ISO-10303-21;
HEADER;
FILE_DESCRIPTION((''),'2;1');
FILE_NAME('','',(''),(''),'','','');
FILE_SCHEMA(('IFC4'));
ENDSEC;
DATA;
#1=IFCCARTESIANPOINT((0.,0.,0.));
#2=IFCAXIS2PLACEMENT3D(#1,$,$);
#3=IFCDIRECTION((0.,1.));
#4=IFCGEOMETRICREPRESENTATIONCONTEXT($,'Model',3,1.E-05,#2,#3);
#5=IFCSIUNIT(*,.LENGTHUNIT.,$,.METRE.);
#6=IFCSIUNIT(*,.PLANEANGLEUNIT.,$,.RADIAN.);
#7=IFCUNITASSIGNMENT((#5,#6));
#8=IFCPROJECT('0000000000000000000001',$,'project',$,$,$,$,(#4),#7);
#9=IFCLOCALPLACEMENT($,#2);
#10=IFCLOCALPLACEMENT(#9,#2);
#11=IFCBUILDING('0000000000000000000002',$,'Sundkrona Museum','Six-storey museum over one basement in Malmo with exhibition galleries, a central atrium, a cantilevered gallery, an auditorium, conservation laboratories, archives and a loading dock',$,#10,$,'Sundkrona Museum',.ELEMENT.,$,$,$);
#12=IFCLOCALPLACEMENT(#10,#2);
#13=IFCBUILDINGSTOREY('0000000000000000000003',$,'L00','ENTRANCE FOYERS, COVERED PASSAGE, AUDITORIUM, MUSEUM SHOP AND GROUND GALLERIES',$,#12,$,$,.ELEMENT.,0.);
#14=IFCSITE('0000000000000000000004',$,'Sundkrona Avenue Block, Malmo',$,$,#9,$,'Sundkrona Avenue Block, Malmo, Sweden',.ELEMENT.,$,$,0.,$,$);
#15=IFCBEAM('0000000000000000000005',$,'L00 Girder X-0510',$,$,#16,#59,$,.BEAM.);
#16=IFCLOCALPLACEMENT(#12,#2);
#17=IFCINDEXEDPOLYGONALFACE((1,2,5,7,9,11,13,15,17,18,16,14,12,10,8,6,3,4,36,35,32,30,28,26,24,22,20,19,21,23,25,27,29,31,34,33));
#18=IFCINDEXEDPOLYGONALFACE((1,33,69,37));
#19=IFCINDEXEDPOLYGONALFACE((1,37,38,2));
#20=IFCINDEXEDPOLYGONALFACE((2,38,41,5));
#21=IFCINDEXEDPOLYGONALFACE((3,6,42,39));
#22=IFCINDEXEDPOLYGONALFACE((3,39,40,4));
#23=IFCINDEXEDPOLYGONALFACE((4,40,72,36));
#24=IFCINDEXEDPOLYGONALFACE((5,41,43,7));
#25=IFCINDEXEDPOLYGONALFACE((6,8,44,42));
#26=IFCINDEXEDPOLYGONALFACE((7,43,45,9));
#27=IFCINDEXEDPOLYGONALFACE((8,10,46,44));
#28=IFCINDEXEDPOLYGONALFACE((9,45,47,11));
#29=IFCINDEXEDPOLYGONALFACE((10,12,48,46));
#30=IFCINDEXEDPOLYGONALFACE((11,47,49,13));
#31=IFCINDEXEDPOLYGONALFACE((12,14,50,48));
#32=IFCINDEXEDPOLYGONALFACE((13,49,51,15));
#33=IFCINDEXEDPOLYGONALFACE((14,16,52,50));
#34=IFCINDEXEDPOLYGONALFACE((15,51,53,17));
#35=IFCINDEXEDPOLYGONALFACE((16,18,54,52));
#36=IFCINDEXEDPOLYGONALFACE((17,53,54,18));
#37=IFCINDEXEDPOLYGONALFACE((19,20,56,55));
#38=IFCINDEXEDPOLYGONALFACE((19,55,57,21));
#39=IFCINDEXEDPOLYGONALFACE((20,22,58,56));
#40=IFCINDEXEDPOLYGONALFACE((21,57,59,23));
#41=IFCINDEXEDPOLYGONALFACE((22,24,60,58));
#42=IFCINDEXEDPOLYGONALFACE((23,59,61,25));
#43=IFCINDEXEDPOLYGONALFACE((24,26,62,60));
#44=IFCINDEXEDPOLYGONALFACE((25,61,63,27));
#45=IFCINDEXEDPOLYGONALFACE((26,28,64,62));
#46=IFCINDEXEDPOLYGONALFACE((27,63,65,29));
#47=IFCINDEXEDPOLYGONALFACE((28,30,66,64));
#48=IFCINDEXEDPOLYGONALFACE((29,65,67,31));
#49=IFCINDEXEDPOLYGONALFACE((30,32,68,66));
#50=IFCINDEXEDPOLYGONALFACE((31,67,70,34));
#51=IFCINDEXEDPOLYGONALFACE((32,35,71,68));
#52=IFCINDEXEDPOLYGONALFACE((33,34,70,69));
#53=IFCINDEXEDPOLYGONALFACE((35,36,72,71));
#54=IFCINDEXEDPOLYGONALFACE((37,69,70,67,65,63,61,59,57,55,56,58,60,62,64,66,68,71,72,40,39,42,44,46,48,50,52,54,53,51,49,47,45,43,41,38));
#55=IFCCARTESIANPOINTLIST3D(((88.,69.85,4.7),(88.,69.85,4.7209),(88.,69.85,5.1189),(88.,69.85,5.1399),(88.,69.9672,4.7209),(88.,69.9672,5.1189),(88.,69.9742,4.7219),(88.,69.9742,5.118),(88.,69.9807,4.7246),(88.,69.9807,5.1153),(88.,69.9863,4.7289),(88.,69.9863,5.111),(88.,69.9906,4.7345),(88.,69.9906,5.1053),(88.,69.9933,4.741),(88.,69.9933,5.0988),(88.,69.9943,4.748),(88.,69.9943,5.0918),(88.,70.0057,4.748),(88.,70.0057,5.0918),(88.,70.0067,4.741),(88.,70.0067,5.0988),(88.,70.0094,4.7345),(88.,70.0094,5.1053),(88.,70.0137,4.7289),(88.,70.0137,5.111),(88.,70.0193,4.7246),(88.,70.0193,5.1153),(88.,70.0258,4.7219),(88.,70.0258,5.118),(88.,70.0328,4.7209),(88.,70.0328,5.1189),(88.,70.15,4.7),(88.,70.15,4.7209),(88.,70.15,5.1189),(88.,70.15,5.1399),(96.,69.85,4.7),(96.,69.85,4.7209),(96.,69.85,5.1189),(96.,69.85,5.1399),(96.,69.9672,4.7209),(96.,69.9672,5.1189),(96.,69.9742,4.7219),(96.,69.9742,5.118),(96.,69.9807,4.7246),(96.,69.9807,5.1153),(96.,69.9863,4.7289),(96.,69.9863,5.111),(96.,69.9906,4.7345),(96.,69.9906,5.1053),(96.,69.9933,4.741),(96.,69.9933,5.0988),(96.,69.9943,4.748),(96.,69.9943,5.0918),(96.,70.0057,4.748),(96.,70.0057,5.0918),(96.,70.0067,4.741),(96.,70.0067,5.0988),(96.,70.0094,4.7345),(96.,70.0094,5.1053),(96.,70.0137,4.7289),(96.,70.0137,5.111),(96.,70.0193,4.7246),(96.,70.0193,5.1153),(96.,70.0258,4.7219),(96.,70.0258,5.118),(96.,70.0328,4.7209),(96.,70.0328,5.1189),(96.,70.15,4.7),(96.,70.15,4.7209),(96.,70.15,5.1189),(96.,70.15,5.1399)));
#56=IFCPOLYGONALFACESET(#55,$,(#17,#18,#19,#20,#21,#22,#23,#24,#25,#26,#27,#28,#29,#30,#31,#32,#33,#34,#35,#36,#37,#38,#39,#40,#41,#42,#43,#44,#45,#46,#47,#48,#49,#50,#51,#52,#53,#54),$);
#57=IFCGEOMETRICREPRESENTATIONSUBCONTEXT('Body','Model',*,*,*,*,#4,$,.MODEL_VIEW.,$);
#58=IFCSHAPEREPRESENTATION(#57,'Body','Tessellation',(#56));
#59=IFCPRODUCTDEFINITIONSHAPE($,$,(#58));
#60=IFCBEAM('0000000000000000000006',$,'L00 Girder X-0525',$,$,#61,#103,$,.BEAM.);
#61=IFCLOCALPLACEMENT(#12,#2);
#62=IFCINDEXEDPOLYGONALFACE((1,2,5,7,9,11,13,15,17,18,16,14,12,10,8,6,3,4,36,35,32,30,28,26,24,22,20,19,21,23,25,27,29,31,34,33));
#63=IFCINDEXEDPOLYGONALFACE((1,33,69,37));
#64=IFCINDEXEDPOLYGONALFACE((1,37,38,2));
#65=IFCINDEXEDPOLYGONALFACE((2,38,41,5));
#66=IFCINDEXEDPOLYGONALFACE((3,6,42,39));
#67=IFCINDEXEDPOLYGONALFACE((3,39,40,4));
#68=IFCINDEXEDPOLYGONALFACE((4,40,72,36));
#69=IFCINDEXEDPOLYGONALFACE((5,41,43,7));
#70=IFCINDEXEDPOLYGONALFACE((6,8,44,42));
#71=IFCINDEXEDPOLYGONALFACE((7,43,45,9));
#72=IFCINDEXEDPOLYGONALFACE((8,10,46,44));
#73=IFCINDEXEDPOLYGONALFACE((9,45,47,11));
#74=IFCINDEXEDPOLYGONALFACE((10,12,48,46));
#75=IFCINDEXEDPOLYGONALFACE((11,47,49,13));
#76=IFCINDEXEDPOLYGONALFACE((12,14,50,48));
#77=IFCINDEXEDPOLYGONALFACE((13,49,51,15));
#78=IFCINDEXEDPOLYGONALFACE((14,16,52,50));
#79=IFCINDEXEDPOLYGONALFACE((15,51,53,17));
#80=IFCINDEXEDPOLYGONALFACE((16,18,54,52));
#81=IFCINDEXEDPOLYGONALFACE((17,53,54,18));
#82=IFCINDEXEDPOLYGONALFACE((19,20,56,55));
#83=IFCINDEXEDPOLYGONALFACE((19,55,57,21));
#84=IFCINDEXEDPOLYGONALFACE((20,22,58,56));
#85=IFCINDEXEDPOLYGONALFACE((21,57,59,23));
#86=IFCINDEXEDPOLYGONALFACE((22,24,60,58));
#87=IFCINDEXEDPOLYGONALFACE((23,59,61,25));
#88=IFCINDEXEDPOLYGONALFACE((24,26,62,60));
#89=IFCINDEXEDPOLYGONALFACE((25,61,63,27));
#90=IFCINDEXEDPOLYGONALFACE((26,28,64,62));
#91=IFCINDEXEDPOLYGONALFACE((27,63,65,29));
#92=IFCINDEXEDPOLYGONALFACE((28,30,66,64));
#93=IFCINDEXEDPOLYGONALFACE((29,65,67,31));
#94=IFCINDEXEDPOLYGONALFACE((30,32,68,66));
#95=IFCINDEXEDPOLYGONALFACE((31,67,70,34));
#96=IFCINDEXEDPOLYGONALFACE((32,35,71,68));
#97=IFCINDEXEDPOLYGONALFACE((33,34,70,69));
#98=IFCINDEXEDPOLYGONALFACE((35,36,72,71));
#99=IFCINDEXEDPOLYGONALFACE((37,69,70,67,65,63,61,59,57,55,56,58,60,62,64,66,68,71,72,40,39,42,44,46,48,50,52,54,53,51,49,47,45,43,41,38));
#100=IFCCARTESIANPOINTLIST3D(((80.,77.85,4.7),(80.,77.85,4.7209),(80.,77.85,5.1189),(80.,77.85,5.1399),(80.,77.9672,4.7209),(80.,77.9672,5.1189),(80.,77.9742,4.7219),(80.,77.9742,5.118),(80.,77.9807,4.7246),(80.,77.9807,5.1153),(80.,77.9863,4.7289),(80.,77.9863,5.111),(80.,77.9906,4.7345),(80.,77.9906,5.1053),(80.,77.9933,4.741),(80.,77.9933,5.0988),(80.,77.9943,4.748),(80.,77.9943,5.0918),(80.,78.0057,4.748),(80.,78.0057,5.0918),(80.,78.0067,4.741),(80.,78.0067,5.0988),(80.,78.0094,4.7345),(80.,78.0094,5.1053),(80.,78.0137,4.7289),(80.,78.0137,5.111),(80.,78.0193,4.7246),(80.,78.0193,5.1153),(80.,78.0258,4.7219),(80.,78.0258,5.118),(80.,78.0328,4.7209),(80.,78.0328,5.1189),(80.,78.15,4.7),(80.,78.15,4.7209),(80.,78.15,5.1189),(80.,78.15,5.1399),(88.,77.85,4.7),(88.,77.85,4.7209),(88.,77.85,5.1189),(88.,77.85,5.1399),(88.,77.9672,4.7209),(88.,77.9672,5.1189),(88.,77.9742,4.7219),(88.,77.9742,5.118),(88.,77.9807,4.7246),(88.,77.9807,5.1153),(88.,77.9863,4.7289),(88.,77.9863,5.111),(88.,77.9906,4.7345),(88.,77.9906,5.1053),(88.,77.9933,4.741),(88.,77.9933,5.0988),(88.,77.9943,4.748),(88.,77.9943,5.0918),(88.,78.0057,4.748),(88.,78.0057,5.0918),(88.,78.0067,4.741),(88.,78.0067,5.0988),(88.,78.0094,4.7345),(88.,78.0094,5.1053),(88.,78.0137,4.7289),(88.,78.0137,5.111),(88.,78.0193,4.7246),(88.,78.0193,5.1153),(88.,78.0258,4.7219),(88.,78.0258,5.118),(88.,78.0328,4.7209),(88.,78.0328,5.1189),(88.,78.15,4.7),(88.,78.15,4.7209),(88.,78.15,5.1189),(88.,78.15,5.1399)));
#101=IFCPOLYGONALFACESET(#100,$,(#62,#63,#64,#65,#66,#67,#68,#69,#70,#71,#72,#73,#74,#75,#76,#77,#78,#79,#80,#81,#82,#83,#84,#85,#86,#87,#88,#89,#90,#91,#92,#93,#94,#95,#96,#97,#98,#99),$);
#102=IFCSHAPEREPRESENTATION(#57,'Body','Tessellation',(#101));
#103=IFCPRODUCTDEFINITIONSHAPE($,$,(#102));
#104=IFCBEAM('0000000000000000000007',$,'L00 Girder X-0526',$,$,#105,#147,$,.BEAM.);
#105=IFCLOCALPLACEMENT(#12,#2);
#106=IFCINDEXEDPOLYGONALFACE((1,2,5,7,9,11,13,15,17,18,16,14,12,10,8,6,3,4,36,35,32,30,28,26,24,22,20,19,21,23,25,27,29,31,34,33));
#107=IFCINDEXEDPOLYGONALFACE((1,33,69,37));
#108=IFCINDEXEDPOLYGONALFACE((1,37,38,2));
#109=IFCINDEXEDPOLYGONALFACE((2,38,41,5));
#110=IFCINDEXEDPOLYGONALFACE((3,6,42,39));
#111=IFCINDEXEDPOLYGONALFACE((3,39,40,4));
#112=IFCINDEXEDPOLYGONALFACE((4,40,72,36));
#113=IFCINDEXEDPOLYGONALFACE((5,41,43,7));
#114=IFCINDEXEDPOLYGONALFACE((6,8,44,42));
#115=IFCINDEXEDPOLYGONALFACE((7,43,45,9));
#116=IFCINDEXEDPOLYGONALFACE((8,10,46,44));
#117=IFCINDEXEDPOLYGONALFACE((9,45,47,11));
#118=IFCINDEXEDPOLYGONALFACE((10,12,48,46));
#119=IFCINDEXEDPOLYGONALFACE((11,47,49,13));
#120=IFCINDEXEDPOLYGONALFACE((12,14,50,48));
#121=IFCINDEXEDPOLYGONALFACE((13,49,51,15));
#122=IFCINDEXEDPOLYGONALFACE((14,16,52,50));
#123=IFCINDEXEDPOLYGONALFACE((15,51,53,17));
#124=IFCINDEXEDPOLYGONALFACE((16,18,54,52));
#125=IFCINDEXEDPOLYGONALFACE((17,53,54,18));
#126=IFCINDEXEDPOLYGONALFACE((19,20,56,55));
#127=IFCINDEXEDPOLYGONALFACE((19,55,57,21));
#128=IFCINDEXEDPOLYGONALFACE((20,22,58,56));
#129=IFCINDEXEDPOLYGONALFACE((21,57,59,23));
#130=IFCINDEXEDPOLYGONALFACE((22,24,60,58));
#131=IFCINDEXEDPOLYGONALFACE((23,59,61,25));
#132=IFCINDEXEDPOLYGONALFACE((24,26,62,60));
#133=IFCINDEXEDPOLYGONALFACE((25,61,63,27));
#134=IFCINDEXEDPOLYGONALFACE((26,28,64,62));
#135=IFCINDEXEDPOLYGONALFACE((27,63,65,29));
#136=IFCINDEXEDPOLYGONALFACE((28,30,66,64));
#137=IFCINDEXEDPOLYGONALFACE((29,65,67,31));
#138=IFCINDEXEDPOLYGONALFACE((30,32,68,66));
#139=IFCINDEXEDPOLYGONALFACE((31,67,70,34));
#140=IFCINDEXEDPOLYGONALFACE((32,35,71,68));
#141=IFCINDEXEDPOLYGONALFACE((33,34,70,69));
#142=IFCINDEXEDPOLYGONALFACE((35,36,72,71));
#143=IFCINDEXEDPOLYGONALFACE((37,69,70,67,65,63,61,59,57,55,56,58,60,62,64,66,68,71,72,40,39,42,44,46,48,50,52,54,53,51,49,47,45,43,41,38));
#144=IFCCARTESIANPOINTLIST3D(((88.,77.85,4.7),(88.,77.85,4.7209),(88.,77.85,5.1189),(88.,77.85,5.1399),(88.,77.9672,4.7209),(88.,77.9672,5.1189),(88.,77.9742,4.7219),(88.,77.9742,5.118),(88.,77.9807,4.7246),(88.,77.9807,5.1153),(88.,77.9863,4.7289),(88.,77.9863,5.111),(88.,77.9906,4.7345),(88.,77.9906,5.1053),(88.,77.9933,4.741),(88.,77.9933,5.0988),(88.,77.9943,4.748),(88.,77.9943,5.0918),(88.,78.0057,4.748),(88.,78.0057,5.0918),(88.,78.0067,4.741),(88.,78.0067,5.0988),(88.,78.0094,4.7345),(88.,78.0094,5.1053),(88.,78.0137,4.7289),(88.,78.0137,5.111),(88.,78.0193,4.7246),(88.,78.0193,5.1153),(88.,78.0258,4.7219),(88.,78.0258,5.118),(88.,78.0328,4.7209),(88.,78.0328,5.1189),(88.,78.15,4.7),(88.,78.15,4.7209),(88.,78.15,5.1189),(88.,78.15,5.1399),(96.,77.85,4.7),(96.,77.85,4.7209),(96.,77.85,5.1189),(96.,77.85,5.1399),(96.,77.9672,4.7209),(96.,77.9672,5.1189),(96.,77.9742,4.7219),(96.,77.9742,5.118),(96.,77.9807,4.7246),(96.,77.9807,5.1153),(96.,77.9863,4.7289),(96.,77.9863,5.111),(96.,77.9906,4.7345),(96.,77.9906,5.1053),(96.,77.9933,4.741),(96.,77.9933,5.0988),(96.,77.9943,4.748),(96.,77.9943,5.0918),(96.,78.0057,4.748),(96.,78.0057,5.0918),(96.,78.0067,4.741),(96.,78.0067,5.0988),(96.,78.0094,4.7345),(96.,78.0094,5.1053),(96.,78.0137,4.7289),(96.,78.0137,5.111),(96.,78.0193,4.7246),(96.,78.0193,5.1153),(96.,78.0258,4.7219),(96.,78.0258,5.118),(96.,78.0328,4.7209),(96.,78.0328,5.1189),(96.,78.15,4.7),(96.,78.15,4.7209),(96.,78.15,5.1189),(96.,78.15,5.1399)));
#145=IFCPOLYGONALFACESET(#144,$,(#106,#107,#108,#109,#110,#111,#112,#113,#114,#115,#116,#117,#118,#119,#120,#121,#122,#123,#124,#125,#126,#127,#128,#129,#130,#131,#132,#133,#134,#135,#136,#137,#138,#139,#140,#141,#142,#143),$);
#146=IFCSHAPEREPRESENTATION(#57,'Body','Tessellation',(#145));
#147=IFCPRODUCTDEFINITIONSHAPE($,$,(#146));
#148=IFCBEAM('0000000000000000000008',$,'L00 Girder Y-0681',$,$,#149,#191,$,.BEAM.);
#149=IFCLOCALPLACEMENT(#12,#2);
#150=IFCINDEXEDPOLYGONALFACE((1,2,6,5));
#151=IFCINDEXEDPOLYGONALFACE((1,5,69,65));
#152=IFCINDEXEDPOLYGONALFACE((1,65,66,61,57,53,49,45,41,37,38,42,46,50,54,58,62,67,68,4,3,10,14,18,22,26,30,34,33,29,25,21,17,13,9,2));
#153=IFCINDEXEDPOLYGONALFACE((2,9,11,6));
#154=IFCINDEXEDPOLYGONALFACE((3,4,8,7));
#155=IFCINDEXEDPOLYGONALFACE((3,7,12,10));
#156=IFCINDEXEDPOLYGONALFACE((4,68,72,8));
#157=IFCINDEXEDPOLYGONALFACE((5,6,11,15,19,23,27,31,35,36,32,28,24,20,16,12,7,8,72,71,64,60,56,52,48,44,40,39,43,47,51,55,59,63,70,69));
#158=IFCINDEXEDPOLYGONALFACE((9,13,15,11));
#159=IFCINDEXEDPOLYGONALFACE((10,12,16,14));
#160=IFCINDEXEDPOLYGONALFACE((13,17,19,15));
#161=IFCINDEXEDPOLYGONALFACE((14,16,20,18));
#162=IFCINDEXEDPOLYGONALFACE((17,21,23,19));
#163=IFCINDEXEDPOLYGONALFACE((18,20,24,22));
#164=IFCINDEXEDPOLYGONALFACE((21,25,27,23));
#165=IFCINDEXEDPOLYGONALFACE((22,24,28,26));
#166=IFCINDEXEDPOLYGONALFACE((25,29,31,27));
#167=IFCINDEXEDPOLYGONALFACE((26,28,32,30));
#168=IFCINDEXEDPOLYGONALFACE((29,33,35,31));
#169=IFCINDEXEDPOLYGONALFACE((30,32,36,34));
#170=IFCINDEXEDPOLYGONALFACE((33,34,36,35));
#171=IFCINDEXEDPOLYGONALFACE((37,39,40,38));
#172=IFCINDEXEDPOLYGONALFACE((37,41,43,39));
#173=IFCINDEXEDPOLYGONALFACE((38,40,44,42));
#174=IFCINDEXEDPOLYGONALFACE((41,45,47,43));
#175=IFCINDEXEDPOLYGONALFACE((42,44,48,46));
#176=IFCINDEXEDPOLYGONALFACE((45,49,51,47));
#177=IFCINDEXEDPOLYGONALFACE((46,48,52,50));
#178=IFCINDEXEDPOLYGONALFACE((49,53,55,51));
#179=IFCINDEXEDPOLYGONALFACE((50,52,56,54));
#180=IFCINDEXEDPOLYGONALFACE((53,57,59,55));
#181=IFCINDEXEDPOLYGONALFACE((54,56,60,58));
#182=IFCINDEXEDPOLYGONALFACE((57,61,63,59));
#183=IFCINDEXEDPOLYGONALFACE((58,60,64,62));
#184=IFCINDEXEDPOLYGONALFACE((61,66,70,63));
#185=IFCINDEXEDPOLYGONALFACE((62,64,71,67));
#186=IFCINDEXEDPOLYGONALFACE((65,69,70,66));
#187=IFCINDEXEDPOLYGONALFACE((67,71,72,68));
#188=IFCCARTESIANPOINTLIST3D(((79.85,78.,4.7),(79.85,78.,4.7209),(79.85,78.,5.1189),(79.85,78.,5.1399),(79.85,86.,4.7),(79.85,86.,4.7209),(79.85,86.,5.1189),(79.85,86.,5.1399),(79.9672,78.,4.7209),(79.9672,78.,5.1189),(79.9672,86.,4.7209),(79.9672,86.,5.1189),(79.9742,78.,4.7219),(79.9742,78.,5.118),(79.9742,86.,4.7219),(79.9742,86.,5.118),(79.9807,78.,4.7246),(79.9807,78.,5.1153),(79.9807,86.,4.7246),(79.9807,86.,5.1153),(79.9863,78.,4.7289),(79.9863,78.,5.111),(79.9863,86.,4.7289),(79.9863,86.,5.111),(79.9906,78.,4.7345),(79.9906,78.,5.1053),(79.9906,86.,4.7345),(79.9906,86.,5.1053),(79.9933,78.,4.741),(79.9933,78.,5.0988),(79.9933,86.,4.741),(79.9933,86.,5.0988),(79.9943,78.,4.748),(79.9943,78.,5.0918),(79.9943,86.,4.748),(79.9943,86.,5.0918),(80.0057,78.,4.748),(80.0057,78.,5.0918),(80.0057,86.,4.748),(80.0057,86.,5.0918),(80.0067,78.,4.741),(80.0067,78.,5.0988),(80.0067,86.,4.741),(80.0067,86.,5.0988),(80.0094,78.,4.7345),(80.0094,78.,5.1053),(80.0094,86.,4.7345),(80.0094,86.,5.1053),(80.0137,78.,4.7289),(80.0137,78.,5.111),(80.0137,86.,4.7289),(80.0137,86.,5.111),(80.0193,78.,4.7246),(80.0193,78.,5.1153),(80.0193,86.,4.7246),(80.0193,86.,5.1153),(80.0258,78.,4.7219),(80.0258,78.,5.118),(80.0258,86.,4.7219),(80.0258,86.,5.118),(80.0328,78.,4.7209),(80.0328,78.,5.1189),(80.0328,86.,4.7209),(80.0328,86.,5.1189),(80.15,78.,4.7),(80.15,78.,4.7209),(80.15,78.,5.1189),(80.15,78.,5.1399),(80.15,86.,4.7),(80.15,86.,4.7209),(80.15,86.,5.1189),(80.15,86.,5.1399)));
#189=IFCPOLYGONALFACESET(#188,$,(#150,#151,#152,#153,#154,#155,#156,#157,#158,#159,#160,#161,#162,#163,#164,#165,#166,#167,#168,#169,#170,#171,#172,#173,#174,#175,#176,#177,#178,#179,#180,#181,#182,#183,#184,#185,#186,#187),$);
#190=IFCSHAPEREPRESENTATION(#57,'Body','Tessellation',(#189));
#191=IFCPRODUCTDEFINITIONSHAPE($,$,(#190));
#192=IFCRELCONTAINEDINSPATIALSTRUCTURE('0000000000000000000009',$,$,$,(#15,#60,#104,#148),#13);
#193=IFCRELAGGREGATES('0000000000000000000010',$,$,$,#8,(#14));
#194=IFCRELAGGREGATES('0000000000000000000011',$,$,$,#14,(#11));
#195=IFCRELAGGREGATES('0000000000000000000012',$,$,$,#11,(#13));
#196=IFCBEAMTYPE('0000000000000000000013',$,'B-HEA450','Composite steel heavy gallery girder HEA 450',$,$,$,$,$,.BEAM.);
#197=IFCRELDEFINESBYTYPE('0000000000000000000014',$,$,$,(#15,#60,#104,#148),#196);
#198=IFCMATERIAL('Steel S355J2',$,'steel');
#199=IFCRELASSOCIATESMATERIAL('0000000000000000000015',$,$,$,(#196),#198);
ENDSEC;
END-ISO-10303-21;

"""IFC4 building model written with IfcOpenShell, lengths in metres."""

from ifc_helpers import new_model, si_unit, direction, frame, origin, origin_2d, place, context, subcontext, project, spatial, i_section, extrude, material, material_profile, profile_set, type_object, element, save


model = new_model("IFC4")

# Units and contexts
model_context = context("Model", 3, precision=1e-05, world=origin(), true_north=direction((0.0, 1.0)))
body_context = subcontext(model_context, "Body", "Model", "MODEL_VIEW")
ifc_project = project(units=[si_unit("LENGTHUNIT", "METRE"), si_unit("PLANEANGLEUNIT", "RADIAN")], contexts=[model_context])

# Site, building, storey
site_placement = place(None, origin())
site = spatial("IfcSite", under=ifc_project, at=site_placement, Name="Sundkrona Avenue Block, Malmo", LongName="Sundkrona Avenue Block, Malmo, Sweden", CompositionType="ELEMENT", RefElevation=0.0)
building_placement = place(site_placement, origin())
building = spatial("IfcBuilding", under=site, at=building_placement, Name="Sundkrona Museum", Description="Six-storey museum over one basement in Malmo with exhibition galleries, a central atrium, a cantilevered gallery, an auditorium, conservation laboratories, archives and a loading dock", LongName="Sundkrona Museum", CompositionType="ELEMENT")
storey_placement = place(building_placement, origin())
storey = spatial("IfcBuildingStorey", under=building, at=storey_placement, Name="L00", Description="ENTRANCE FOYERS, COVERED PASSAGE, AUDITORIUM, MUSEUM SHOP AND GROUND GALLERIES", CompositionType="ELEMENT", Elevation=0.0)

# Shared definitions
ifc_material_1 = material(Name="Steel S355J2", Category="steel")

# Beams
ifc_material_profile_1 = material_profile(ifc_material_1, i_section(OverallWidth=0.3, OverallDepth=0.4399, WebThickness=0.0115, FlangeThickness=0.021, FilletRadius=0.0271, at=origin_2d()), Name="HEA 450")
ifc_profile_set_1 = profile_set([ifc_material_profile_1], Name="Steel S355J2")
beam_type_1 = type_object("IfcBeamType", Name="B-HEA450", Description="Composite steel heavy gallery girder HEA 450", PredefinedType="BEAM", material=ifc_profile_set_1)
for number, where, z_axis, x_axis, name in (
    (1, (88.0, 70.0, 4.9199), (1.0, 0.0, 0.0), (0.0, 1.0, 0.0), "L00 Girder X-0510"),
    (2, (80.0, 78.0, 4.9199), (1.0, 0.0, 0.0), (0.0, 1.0, 0.0), "L00 Girder X-0525"),
    (3, (88.0, 78.0, 4.9199), (1.0, 0.0, 0.0), (0.0, 1.0, 0.0), "L00 Girder X-0526"),
    (4, (80.0, 78.0, 4.9199), (0.0, 1.0, 0.0), (-1.0, 0.0, 0.0), "L00 Girder Y-0681"),
):
    element("IfcBeam", number, at=place(storey_placement, frame(where, z_axis=z_axis, x_axis=x_axis)), inside=storey, type_object=beam_type_1, Name=name, PredefinedType="BEAM", context=body_context, shape_type="SweptSolid", body=[
        extrude(i_section(OverallWidth=0.3, OverallDepth=0.4399, WebThickness=0.0115, FlangeThickness=0.021, FilletRadius=0.0271, at=origin_2d()), origin(), (0.0, 0.0, 1.0), 8.0),
    ])

save(model, "model.ifc")
